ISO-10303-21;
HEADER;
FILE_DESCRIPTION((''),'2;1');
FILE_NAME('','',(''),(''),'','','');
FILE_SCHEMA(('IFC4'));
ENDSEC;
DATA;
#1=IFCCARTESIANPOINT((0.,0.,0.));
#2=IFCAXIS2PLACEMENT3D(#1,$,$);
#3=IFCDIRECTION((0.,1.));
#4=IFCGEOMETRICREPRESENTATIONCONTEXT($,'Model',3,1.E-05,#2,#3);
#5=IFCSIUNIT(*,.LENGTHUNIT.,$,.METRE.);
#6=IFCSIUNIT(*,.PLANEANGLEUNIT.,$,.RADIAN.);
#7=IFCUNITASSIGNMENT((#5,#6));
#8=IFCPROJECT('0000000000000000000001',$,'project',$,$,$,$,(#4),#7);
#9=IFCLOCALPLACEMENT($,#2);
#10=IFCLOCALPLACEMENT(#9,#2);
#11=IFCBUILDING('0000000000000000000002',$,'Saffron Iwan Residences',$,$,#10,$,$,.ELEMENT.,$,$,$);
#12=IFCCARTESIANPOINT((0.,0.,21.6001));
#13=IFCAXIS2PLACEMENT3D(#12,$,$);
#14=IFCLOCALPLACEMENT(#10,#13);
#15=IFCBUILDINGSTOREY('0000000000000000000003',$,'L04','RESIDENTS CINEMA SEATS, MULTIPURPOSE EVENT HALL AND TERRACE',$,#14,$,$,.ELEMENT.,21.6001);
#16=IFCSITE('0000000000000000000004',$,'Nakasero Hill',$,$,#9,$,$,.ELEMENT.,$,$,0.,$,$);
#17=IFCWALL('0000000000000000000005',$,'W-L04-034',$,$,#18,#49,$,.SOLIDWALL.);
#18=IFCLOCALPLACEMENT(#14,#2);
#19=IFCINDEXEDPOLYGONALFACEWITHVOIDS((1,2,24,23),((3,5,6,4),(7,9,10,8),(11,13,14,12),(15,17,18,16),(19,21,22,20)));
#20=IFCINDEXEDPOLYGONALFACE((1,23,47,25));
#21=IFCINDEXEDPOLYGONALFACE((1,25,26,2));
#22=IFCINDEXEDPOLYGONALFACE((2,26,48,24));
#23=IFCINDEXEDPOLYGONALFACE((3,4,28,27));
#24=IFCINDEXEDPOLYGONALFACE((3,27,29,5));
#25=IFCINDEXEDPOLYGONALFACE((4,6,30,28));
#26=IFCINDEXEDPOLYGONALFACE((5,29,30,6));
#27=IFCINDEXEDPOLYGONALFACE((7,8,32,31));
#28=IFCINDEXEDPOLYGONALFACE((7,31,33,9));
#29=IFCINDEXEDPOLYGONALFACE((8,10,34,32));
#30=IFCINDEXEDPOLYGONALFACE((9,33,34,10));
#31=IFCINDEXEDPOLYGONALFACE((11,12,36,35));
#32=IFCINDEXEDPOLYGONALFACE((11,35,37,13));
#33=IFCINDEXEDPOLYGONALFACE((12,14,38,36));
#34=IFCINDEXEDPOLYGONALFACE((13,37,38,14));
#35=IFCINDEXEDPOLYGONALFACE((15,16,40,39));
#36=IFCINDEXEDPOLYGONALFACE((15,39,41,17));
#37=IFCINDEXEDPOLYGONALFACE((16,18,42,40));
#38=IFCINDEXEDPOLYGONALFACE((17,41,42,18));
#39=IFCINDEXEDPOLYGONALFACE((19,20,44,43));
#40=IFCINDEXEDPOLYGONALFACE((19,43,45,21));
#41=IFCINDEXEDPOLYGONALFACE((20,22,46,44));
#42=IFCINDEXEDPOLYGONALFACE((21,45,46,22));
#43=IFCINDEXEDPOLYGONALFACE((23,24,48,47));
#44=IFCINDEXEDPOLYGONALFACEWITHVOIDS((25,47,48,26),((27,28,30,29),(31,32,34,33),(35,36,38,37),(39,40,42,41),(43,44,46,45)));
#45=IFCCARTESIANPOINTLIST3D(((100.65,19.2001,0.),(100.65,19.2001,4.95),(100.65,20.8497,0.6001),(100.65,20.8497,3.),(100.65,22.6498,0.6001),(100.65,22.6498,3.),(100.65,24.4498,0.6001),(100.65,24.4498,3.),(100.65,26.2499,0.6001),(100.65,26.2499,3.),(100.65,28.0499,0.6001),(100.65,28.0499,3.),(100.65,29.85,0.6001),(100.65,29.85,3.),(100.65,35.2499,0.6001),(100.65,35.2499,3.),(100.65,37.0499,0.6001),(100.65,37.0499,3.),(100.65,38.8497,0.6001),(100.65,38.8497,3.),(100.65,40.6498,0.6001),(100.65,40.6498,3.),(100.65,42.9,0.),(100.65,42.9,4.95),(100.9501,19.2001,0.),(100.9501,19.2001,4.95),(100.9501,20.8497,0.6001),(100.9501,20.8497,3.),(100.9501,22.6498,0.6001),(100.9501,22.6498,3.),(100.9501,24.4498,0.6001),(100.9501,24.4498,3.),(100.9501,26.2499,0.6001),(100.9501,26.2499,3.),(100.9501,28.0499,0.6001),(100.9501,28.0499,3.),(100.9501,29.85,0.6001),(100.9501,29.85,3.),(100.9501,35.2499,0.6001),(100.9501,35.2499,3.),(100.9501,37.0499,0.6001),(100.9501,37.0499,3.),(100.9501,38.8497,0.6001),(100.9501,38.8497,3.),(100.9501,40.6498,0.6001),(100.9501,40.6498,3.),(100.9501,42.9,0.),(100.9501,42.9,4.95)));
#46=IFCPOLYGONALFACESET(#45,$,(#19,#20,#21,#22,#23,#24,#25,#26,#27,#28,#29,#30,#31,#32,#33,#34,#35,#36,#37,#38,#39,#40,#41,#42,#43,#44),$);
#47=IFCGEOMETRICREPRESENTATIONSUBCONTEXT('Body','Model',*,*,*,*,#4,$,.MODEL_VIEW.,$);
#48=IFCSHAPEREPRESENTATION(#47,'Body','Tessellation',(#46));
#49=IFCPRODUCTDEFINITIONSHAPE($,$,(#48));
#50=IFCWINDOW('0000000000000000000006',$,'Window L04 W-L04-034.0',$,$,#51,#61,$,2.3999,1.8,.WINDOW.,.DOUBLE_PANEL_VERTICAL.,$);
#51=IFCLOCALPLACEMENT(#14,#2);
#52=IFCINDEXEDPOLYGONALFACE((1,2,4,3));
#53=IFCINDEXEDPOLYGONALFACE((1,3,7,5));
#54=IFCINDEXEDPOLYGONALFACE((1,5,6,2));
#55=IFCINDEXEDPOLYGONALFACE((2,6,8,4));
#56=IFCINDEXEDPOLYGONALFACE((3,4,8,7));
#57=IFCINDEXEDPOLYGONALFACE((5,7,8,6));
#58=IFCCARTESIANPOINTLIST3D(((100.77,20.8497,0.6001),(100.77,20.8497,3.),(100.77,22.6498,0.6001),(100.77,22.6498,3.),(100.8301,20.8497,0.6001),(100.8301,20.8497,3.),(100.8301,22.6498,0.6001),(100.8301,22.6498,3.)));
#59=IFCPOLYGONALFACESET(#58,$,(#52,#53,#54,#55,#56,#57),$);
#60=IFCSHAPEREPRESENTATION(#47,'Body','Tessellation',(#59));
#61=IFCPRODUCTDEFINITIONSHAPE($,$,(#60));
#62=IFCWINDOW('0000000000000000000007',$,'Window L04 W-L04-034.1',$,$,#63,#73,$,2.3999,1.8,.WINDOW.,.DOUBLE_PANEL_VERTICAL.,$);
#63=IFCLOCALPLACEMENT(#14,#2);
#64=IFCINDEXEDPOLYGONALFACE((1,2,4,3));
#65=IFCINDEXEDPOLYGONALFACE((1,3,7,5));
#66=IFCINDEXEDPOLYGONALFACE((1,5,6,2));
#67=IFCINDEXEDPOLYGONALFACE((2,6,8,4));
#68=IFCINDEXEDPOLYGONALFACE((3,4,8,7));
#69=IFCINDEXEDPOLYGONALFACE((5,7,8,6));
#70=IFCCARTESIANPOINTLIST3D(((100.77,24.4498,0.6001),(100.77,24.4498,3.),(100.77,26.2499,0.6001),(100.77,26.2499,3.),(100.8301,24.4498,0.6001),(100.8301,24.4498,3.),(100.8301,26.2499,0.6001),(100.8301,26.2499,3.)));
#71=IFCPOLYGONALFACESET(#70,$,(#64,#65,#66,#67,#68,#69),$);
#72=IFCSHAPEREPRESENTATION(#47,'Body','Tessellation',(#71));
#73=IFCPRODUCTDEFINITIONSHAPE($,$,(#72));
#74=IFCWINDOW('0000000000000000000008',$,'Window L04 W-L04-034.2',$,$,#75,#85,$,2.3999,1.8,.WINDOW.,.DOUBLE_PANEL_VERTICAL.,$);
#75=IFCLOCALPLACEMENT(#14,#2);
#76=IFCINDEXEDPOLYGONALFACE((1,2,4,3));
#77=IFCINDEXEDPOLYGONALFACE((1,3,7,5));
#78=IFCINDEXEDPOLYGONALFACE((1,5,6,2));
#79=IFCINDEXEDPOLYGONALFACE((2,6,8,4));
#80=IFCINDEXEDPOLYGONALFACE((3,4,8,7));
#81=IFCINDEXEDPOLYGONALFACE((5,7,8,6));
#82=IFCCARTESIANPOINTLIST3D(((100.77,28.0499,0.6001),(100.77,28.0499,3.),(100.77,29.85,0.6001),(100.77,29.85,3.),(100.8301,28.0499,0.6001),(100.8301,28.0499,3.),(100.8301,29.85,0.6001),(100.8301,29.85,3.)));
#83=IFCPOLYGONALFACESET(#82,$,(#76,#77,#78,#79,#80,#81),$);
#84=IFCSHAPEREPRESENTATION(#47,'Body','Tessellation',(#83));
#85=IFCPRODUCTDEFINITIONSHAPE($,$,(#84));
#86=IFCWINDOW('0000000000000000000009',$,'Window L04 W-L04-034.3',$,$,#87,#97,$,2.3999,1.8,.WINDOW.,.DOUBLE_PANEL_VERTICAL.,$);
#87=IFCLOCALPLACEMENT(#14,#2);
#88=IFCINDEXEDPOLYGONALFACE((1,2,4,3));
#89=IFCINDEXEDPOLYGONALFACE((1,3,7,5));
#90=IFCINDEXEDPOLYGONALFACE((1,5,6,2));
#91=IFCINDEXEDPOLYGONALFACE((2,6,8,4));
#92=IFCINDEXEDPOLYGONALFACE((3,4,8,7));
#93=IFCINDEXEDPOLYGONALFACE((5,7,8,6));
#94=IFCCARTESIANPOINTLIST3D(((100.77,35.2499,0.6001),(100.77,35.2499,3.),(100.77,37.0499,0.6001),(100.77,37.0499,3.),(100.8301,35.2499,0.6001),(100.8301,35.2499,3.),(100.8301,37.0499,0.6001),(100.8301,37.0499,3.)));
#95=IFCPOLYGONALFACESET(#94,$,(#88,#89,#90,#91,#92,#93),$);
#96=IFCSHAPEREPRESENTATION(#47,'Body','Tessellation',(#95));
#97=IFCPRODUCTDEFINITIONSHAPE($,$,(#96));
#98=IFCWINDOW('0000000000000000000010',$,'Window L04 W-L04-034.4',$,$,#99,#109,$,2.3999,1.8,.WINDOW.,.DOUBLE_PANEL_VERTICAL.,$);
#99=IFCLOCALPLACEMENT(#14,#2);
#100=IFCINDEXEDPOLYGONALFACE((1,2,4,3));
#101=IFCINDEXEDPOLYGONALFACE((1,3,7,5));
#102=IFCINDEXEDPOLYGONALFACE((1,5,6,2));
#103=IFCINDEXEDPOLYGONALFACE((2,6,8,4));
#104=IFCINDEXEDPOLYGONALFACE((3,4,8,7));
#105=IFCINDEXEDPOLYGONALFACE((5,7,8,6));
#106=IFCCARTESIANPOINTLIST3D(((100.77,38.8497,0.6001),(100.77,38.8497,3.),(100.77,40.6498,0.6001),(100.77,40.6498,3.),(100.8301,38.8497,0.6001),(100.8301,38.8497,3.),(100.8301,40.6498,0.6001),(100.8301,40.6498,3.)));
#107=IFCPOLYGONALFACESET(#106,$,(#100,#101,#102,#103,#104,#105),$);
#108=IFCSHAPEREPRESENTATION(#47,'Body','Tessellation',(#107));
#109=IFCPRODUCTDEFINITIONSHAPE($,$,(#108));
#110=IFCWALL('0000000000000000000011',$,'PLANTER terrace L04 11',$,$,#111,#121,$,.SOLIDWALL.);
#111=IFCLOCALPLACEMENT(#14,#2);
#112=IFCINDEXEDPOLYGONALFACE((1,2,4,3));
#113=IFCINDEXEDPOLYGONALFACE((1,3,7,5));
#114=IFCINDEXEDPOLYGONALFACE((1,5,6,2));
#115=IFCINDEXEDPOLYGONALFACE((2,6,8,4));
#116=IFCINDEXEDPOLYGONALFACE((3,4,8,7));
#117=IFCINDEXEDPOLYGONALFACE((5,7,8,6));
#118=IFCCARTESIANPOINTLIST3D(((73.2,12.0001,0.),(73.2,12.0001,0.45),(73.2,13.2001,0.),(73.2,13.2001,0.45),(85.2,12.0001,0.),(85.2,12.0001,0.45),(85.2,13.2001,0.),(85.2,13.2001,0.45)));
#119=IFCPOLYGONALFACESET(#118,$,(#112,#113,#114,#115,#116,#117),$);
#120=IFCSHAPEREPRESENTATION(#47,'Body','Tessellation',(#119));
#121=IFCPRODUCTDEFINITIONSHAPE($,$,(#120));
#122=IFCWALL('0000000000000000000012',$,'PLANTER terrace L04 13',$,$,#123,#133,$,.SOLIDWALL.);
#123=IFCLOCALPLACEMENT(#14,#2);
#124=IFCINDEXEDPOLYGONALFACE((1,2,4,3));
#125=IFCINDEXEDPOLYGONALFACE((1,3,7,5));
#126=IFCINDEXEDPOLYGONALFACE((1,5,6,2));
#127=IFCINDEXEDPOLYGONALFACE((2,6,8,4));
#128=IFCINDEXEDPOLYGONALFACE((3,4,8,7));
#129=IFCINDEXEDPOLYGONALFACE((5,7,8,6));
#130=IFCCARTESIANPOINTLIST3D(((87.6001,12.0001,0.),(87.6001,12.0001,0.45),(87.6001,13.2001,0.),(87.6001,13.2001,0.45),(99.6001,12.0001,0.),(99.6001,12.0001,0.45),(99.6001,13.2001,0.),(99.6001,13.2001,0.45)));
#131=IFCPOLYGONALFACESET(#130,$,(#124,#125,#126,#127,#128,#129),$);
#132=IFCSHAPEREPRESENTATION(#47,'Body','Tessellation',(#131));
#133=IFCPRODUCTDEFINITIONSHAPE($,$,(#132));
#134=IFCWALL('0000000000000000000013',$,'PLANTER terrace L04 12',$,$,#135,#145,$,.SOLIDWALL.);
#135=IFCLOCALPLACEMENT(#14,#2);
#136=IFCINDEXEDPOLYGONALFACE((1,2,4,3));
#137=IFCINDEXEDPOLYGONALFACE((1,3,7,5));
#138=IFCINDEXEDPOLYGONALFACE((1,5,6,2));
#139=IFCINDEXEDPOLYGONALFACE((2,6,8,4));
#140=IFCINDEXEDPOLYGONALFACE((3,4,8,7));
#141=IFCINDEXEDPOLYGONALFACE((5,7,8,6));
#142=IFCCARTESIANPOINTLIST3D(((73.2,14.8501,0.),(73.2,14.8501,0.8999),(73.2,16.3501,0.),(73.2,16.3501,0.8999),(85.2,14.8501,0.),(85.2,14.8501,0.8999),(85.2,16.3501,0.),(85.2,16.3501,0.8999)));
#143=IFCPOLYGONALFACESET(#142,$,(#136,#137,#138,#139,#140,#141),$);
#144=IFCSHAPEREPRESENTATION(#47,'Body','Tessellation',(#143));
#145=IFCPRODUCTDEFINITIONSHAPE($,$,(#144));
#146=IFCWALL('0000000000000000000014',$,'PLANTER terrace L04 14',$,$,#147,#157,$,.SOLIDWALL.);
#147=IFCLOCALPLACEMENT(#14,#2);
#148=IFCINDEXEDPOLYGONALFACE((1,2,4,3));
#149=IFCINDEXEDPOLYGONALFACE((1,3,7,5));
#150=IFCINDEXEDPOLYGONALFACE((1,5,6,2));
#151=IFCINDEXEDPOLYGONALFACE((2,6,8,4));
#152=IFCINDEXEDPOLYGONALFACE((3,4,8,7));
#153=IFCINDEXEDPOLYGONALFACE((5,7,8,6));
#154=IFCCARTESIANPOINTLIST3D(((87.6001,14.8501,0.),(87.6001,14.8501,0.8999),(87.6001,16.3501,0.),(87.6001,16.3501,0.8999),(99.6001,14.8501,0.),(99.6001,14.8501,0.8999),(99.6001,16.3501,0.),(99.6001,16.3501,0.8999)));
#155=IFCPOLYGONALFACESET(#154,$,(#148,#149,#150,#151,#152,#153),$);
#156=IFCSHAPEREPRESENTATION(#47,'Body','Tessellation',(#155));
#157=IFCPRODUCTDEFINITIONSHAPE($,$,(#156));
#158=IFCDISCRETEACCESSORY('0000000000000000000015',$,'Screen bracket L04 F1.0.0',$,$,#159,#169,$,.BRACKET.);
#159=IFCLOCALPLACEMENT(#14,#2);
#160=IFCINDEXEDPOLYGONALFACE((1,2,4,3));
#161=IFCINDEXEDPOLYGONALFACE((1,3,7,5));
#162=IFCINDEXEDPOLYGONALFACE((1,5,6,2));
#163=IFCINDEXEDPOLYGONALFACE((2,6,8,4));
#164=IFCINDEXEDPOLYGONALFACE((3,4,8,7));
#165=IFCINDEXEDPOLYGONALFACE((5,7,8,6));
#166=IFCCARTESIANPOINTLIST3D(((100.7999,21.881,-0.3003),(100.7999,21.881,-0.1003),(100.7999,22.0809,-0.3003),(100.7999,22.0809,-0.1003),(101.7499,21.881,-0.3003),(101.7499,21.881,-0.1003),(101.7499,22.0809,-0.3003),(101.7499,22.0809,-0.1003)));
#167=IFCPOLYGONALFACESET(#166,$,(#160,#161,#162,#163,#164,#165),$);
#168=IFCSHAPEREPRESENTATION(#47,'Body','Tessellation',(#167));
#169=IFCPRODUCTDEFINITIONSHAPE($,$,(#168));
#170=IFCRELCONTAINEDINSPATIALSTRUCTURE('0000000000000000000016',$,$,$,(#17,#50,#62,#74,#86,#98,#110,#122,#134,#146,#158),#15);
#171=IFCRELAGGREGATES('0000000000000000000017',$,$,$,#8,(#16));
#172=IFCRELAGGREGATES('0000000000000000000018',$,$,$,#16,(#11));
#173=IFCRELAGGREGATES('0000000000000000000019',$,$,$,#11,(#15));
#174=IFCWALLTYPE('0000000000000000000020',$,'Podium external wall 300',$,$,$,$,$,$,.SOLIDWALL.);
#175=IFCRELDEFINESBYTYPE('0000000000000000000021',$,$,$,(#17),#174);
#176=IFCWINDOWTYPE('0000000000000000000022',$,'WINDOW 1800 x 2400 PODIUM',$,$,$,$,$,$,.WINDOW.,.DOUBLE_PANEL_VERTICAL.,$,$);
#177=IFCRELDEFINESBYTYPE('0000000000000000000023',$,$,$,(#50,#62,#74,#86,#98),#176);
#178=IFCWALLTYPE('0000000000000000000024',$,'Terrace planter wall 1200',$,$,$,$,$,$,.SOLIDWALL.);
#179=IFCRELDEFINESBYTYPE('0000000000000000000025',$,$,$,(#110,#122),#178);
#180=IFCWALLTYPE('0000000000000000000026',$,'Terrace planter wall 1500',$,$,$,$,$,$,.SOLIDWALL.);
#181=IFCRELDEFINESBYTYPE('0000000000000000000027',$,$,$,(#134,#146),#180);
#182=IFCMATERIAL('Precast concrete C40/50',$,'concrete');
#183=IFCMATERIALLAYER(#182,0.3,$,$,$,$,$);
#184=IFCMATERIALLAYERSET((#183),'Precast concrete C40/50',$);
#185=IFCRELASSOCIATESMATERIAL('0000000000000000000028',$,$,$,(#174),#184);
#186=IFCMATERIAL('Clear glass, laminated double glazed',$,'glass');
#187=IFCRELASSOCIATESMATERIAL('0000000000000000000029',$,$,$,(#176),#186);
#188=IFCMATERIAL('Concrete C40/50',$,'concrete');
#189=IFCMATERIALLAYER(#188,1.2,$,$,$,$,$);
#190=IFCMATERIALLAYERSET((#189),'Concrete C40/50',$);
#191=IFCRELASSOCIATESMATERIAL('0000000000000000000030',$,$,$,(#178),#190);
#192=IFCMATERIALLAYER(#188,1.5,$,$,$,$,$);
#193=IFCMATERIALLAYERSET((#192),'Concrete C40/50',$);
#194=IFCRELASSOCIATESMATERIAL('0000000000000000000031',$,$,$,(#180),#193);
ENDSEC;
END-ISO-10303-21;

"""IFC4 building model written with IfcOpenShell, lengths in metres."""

from ifc_helpers import new_model, si_unit, direction, frame, frame_2d, origin, origin_2d, place, context, subcontext, project, spatial, rectangle, extrude, source, transform, mapped, material, layer, layer_set, type_object, element, fill, save


model = new_model("IFC4")

# Units and contexts
model_context = context("Model", 3, precision=1e-05, world=origin(), true_north=direction((0.0, 1.0)))
body_context = subcontext(model_context, "Body", "Model", "MODEL_VIEW")
ifc_project = project(units=[si_unit("LENGTHUNIT", "METRE"), si_unit("PLANEANGLEUNIT", "RADIAN")], contexts=[model_context])

# Site, building, storey
site_placement = place(None, origin())
site = spatial("IfcSite", under=ifc_project, at=site_placement, Name="Nakasero Hill", CompositionType="ELEMENT", RefElevation=0.0)
building_placement = place(site_placement, origin())
building = spatial("IfcBuilding", under=site, at=building_placement, Name="Saffron Iwan Residences", CompositionType="ELEMENT")
storey_placement = place(building_placement, frame((0.0, 0.0, 21.6001)))
storey = spatial("IfcBuildingStorey", under=building, at=storey_placement, Name="L04", Description="RESIDENTS CINEMA SEATS, MULTIPURPOSE EVENT HALL AND TERRACE", CompositionType="ELEMENT", Elevation=21.6001)

# Wall, openings, windows
ifc_material_1 = material(Name="Precast concrete C40/50", Category="concrete")
ifc_layer_1 = layer(ifc_material_1, 0.3)
ifc_layer_set_1 = layer_set([ifc_layer_1], Name="Precast concrete C40/50")
wall_type_1 = type_object("IfcWallType", Name="Podium external wall 300", PredefinedType="SOLIDWALL", material=ifc_layer_set_1)
wall_placement = place(storey_placement, frame((100.8, 19.2, 0.0), z_axis=(0.0, 0.0, 1.0), x_axis=(0.0, 1.0, 0.0)))
wall = element("IfcWall", 1, at=wall_placement, inside=storey, type_object=wall_type_1, Name="W-L04-034", PredefinedType="SOLIDWALL", context=body_context, shape_type="SweptSolid", body=[
    extrude(rectangle(XDim=23.7, YDim=0.3, at=frame_2d((11.8501, 0.0))), origin(), (0.0, 0.0, 1.0), 4.95),
])
opening_1_placement = place(wall_placement, frame((1.6499, 0.0, 0.6001)))
opening_1 = element("IfcOpeningElement", 2, at=opening_1_placement, cuts=wall, PredefinedType="OPENING", context=body_context, shape_type="SweptSolid", body=[
    extrude(rectangle(XDim=1.8, YDim=2.3999, at=frame_2d((0.8999, 1.2))), frame((0.0, 0.1602, 0.0), z_axis=(0.0, -1.0, 0.0), x_axis=(1.0, 0.0, 0.0)), (0.0, 0.0, 1.0), 0.3201),
])
opening_2_placement = place(wall_placement, frame((5.25, 0.0, 0.6001)))
opening_2 = element("IfcOpeningElement", 3, at=opening_2_placement, cuts=wall, PredefinedType="OPENING", context=body_context, shape_type="SweptSolid", body=[
    extrude(rectangle(XDim=1.8, YDim=2.3999, at=frame_2d((0.8999, 1.2))), frame((0.0, 0.1602, 0.0), z_axis=(0.0, -1.0, 0.0), x_axis=(1.0, 0.0, 0.0)), (0.0, 0.0, 1.0), 0.3201),
])
opening_3_placement = place(wall_placement, frame((8.8501, 0.0, 0.6001)))
opening_3 = element("IfcOpeningElement", 4, at=opening_3_placement, cuts=wall, PredefinedType="OPENING", context=body_context, shape_type="SweptSolid", body=[
    extrude(rectangle(XDim=1.8, YDim=2.3999, at=frame_2d((0.8999, 1.2))), frame((0.0, 0.1602, 0.0), z_axis=(0.0, -1.0, 0.0), x_axis=(1.0, 0.0, 0.0)), (0.0, 0.0, 1.0), 0.3201),
])
opening_4_placement = place(wall_placement, frame((16.05, 0.0, 0.6001)))
opening_4 = element("IfcOpeningElement", 5, at=opening_4_placement, cuts=wall, PredefinedType="OPENING", context=body_context, shape_type="SweptSolid", body=[
    extrude(rectangle(XDim=1.8, YDim=2.3999, at=frame_2d((0.8999, 1.2))), frame((0.0, 0.1602, 0.0), z_axis=(0.0, -1.0, 0.0), x_axis=(1.0, 0.0, 0.0)), (0.0, 0.0, 1.0), 0.3201),
])
opening_5_placement = place(wall_placement, frame((19.6499, 0.0, 0.6001)))
opening_5 = element("IfcOpeningElement", 6, at=opening_5_placement, cuts=wall, PredefinedType="OPENING", context=body_context, shape_type="SweptSolid", body=[
    extrude(rectangle(XDim=1.8, YDim=2.3999, at=frame_2d((0.8999, 1.2))), frame((0.0, 0.1602, 0.0), z_axis=(0.0, -1.0, 0.0), x_axis=(1.0, 0.0, 0.0)), (0.0, 0.0, 1.0), 0.3201),
])
ifc_material_2 = material(Name="Clear glass, laminated double glazed", Category="glass")
window_type = type_object("IfcWindowType", Name="WINDOW 1800 x 2400 PODIUM", PartitioningType="DOUBLE_PANEL_VERTICAL", PredefinedType="WINDOW", material=ifc_material_2)
window_1_placement = place(opening_1_placement, origin())
window_1 = element("IfcWindow", 7, at=window_1_placement, inside=storey, type_object=window_type, Name="Window L04 W-L04-034.0", OverallHeight=2.3999, OverallWidth=1.8, PartitioningType="DOUBLE_PANEL_VERTICAL", PredefinedType="WINDOW", context=body_context, shape_type="SweptSolid", body=[
    extrude(rectangle(XDim=1.8, YDim=2.3999, at=frame_2d((0.8999, 1.2))), frame((0.0, 0.03, 0.0), z_axis=(0.0, -1.0, 0.0), x_axis=(1.0, 0.0, 0.0)), (0.0, 0.0, 1.0), 0.0601),
])
fill(opening_1, window_1)
window_2_placement = place(opening_2_placement, origin())
window_2 = element("IfcWindow", 8, at=window_2_placement, inside=storey, type_object=window_type, Name="Window L04 W-L04-034.1", OverallHeight=2.3999, OverallWidth=1.8, PartitioningType="DOUBLE_PANEL_VERTICAL", PredefinedType="WINDOW", context=body_context, shape_type="SweptSolid", body=[
    extrude(rectangle(XDim=1.8, YDim=2.3999, at=frame_2d((0.8999, 1.2))), frame((0.0, 0.03, 0.0), z_axis=(0.0, -1.0, 0.0), x_axis=(1.0, 0.0, 0.0)), (0.0, 0.0, 1.0), 0.0601),
])
fill(opening_2, window_2)
window_3_placement = place(opening_3_placement, origin())
window_3 = element("IfcWindow", 9, at=window_3_placement, inside=storey, type_object=window_type, Name="Window L04 W-L04-034.2", OverallHeight=2.3999, OverallWidth=1.8, PartitioningType="DOUBLE_PANEL_VERTICAL", PredefinedType="WINDOW", context=body_context, shape_type="SweptSolid", body=[
    extrude(rectangle(XDim=1.8, YDim=2.3999, at=frame_2d((0.8999, 1.2))), frame((0.0, 0.03, 0.0), z_axis=(0.0, -1.0, 0.0), x_axis=(1.0, 0.0, 0.0)), (0.0, 0.0, 1.0), 0.0601),
])
fill(opening_3, window_3)
window_4_placement = place(opening_4_placement, origin())
window_4 = element("IfcWindow", 10, at=window_4_placement, inside=storey, type_object=window_type, Name="Window L04 W-L04-034.3", OverallHeight=2.3999, OverallWidth=1.8, PartitioningType="DOUBLE_PANEL_VERTICAL", PredefinedType="WINDOW", context=body_context, shape_type="SweptSolid", body=[
    extrude(rectangle(XDim=1.8, YDim=2.3999, at=frame_2d((0.8999, 1.2))), frame((0.0, 0.03, 0.0), z_axis=(0.0, -1.0, 0.0), x_axis=(1.0, 0.0, 0.0)), (0.0, 0.0, 1.0), 0.0601),
])
fill(opening_4, window_4)
window_5_placement = place(opening_5_placement, origin())
window_5 = element("IfcWindow", 11, at=window_5_placement, inside=storey, type_object=window_type, Name="Window L04 W-L04-034.4", OverallHeight=2.3999, OverallWidth=1.8, PartitioningType="DOUBLE_PANEL_VERTICAL", PredefinedType="WINDOW", context=body_context, shape_type="SweptSolid", body=[
    extrude(rectangle(XDim=1.8, YDim=2.3999, at=frame_2d((0.8999, 1.2))), frame((0.0, 0.03, 0.0), z_axis=(0.0, -1.0, 0.0), x_axis=(1.0, 0.0, 0.0)), (0.0, 0.0, 1.0), 0.0601),
])
fill(opening_5, window_5)

# Walls
ifc_material_3 = material(Name="Concrete C40/50", Category="concrete")
ifc_layer_2 = layer(ifc_material_3, 1.2)
ifc_layer_set_2 = layer_set([ifc_layer_2], Name="Concrete C40/50")
wall_type_2 = type_object("IfcWallType", Name="Terrace planter wall 1200", PredefinedType="SOLIDWALL", material=ifc_layer_set_2)
for number, where, z_axis, x_axis, name in (
    (12, (73.2, 12.6001, 0.0), (0.0, 0.0, 1.0), (1.0, 0.0, 0.0), "PLANTER terrace L04 11"),
    (13, (87.6001, 12.6001, 0.0), (0.0, 0.0, 1.0), (1.0, 0.0, 0.0), "PLANTER terrace L04 13"),
):
    element("IfcWall", number, at=place(storey_placement, frame(where, z_axis=z_axis, x_axis=x_axis)), inside=storey, type_object=wall_type_2, Name=name, PredefinedType="SOLIDWALL", context=body_context, shape_type="SweptSolid", body=[
        extrude(rectangle(XDim=12.0, YDim=1.2, at=frame_2d((6.0, 0.0))), origin(), (0.0, 0.0, 1.0), 0.45),
    ])
ifc_layer_3 = layer(ifc_material_3, 1.5)
ifc_layer_set_3 = layer_set([ifc_layer_3], Name="Concrete C40/50")
wall_type_3 = type_object("IfcWallType", Name="Terrace planter wall 1500", PredefinedType="SOLIDWALL", material=ifc_layer_set_3)
for number, where, z_axis, x_axis, name in (
    (14, (73.2, 15.6001, 0.0), (0.0, 0.0, 1.0), (1.0, 0.0, 0.0), "PLANTER terrace L04 12"),
    (15, (87.6001, 15.6001, 0.0), (0.0, 0.0, 1.0), (1.0, 0.0, 0.0), "PLANTER terrace L04 14"),
):
    element("IfcWall", number, at=place(storey_placement, frame(where, z_axis=z_axis, x_axis=x_axis)), inside=storey, type_object=wall_type_3, Name=name, PredefinedType="SOLIDWALL", context=body_context, shape_type="SweptSolid", body=[
        extrude(rectangle(XDim=12.0, YDim=1.5, at=frame_2d((6.0, 0.0))), origin(), (0.0, 0.0, 1.0), 0.8999),
    ])

# Discrete accessory
shared_shape_1 = source(origin(), body_context, "Body", "SweptSolid", [
    extrude(rectangle(XDim=0.95, YDim=0.2, at=origin_2d()), origin(), (0.0, 0.0, 1.0), 0.2),
])
for number, where, z_axis, x_axis, name in (
    (16, (101.2749, 21.981, -0.3003), (0.0, 0.0, 1.0), (1.0, 0.0, 0.0), "Screen bracket L04 F1.0.0"),
):
    element("IfcDiscreteAccessory", number, at=place(storey_placement, frame(where, z_axis=z_axis, x_axis=x_axis)), inside=storey, Name=name, PredefinedType="BRACKET", context=body_context, shape_type="MappedRepresentation", body=[
        mapped(shared_shape_1, transform((0.0, 0.0, 0.0))),
    ])

save(model, "model.ifc")
